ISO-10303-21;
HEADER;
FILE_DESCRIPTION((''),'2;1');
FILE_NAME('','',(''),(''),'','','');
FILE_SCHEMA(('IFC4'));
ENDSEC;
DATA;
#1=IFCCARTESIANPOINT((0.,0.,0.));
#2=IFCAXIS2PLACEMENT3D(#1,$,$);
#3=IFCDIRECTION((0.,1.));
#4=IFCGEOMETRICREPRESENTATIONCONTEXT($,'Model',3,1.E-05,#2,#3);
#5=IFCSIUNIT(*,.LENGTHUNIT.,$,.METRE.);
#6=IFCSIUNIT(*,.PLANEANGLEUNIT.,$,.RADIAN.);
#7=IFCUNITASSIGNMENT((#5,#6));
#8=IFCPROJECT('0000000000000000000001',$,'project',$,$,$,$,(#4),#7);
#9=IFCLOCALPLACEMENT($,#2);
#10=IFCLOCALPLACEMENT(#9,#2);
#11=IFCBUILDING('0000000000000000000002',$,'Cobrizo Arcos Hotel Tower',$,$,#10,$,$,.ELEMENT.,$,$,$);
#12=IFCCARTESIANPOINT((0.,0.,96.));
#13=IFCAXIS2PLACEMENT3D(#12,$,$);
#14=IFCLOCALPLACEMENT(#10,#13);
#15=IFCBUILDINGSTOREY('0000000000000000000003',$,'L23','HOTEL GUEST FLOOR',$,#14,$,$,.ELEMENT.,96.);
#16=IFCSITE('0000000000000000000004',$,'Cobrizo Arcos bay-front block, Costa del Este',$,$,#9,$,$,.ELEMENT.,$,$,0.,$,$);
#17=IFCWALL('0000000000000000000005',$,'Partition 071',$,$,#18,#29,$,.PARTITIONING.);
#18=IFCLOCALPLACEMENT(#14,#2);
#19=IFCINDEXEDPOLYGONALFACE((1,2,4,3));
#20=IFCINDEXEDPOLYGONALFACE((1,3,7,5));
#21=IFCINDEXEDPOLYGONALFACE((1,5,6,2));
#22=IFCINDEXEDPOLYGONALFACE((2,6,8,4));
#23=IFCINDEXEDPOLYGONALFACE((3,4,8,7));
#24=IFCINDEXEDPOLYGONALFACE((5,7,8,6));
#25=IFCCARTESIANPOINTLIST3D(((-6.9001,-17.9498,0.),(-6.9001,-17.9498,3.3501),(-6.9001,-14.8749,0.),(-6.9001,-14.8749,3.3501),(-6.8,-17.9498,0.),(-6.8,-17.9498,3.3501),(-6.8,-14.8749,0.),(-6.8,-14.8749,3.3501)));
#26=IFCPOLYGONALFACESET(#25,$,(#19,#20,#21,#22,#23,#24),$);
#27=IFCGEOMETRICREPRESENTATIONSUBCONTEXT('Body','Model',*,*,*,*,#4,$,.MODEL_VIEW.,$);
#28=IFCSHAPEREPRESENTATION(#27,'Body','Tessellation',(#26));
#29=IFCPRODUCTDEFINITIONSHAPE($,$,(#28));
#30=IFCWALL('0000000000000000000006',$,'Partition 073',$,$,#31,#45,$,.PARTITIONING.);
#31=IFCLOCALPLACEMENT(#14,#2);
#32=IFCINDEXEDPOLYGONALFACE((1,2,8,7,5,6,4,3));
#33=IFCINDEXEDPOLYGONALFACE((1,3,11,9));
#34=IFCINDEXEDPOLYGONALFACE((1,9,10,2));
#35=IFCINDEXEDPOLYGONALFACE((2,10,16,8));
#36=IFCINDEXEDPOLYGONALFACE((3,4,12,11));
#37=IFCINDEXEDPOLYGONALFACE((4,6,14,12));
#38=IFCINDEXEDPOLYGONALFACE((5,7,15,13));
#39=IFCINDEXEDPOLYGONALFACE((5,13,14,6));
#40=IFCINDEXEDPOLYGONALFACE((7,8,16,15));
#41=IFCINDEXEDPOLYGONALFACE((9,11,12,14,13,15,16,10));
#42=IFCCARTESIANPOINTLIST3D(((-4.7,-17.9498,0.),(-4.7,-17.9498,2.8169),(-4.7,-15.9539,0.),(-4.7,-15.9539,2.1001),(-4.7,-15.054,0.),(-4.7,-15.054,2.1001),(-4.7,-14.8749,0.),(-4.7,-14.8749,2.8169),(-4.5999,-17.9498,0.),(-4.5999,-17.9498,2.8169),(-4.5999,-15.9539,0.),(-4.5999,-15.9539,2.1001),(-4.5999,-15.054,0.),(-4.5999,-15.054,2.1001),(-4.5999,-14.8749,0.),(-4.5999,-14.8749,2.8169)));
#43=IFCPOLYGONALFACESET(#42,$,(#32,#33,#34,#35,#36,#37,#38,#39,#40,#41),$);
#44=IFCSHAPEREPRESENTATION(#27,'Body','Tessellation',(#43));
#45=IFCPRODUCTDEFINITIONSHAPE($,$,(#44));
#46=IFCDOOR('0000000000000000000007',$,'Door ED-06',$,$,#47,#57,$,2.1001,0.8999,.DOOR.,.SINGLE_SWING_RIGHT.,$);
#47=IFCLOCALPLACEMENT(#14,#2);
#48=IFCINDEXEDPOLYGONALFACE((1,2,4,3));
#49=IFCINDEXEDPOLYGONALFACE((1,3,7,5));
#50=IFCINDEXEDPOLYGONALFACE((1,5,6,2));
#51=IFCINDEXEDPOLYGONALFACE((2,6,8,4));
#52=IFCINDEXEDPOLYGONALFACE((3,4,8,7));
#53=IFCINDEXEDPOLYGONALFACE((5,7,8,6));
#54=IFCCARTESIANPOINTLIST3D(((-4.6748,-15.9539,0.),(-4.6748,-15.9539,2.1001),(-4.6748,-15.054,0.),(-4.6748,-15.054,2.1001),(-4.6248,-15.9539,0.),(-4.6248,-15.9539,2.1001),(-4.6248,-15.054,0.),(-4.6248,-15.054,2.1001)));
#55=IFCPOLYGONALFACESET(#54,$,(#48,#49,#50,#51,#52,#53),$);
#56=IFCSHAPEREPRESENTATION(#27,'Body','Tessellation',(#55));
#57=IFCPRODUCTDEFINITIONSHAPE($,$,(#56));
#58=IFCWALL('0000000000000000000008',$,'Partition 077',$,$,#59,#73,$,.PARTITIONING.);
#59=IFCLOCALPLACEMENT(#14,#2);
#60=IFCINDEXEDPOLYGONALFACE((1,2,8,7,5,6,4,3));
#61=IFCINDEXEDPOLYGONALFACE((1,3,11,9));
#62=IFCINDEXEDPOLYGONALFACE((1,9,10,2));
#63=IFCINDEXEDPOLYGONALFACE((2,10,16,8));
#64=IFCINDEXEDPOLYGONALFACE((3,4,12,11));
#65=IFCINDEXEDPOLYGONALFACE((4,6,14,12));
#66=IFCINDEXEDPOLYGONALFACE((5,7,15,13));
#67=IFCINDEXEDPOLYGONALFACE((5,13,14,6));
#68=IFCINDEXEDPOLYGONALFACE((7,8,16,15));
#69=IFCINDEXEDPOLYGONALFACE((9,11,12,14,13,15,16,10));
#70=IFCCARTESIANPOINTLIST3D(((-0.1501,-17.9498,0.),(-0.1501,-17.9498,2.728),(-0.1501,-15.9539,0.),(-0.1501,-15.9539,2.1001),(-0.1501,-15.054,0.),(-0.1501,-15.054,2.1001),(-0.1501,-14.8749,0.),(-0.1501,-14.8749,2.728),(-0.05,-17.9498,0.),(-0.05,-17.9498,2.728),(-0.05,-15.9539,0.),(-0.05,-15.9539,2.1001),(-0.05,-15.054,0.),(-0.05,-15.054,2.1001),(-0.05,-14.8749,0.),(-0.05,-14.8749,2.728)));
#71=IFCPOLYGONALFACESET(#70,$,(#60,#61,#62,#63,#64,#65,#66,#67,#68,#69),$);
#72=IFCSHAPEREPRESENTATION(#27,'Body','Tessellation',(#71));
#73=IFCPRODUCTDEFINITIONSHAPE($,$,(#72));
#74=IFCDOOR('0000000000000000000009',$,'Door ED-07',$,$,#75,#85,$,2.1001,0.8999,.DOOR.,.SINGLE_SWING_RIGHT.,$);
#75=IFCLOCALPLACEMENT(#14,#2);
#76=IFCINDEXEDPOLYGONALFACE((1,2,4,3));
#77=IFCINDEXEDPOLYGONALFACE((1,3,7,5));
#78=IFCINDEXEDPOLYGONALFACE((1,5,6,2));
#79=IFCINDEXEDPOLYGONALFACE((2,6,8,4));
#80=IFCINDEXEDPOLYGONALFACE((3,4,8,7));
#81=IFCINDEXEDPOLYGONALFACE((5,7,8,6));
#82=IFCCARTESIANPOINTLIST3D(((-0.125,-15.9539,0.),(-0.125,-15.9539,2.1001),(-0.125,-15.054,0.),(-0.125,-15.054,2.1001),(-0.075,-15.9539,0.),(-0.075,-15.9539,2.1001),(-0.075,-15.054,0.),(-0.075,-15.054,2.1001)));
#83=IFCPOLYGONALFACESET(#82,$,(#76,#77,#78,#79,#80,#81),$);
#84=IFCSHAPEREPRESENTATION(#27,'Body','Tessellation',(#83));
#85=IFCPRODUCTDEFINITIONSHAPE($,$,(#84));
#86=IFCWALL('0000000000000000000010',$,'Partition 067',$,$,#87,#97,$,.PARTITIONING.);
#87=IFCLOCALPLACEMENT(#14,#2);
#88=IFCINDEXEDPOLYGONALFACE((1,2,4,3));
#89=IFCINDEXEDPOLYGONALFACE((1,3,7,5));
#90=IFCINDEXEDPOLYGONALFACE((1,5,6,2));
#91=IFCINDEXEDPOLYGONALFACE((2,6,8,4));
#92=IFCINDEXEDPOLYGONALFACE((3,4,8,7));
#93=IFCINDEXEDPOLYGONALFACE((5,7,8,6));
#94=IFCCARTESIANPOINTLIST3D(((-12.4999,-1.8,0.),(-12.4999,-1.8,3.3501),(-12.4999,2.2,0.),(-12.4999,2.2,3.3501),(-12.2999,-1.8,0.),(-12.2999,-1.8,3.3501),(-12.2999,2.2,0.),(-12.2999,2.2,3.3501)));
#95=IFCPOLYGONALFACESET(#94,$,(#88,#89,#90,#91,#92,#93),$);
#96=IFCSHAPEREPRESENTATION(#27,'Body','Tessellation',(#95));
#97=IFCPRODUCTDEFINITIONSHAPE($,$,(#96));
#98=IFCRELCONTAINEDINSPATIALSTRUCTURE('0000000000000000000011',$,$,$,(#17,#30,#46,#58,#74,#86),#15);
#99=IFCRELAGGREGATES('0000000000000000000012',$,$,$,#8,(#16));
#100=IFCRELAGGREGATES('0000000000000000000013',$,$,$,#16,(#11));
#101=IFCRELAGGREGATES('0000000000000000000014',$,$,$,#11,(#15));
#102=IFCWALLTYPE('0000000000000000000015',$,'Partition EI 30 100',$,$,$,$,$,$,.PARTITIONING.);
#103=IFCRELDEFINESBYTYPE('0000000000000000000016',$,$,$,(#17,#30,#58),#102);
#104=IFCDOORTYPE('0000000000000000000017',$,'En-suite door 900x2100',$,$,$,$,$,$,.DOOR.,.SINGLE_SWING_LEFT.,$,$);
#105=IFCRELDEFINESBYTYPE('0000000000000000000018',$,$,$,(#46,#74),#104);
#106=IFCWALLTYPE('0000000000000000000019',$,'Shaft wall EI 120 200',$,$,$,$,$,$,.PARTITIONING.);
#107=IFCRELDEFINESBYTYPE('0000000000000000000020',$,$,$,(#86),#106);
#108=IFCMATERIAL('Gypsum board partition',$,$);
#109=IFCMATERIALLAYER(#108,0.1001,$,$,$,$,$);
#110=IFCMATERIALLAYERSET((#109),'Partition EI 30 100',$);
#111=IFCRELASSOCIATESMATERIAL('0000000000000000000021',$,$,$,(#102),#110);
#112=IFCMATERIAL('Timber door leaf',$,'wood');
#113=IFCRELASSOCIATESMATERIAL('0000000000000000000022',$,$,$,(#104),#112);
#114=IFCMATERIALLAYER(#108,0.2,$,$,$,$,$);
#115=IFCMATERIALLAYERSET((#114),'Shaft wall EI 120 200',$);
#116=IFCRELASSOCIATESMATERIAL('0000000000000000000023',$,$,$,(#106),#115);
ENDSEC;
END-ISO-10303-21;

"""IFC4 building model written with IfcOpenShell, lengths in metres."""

from ifc_helpers import new_model, si_unit, direction, frame, frame_2d, origin, place, context, subcontext, project, spatial, rectangle, extrude, material, layer, layer_set, type_object, element, fill, save


model = new_model("IFC4")

# Units and contexts
model_context = context("Model", 3, precision=1e-05, world=origin(), true_north=direction((0.0, 1.0)))
body_context = subcontext(model_context, "Body", "Model", "MODEL_VIEW")
ifc_project = project(units=[si_unit("LENGTHUNIT", "METRE"), si_unit("PLANEANGLEUNIT", "RADIAN")], contexts=[model_context])

# Site, building, storey
site_placement = place(None, origin())
site = spatial("IfcSite", under=ifc_project, at=site_placement, Name="Cobrizo Arcos bay-front block, Costa del Este", CompositionType="ELEMENT", RefElevation=0.0)
building_placement = place(site_placement, origin())
building = spatial("IfcBuilding", under=site, at=building_placement, Name="Cobrizo Arcos Hotel Tower", CompositionType="ELEMENT")
storey_placement = place(building_placement, frame((0.0, 0.0, 96.0)))
storey = spatial("IfcBuildingStorey", under=building, at=storey_placement, Name="L23", Description="HOTEL GUEST FLOOR", CompositionType="ELEMENT", Elevation=96.0)

# Shared definitions
ifc_material_1 = material(Name="Gypsum board partition")
ifc_layer_1 = layer(ifc_material_1, 0.1001)
ifc_layer_set_1 = layer_set([ifc_layer_1], Name="Partition EI 30 100")
wall_type_1 = type_object("IfcWallType", Name="Partition EI 30 100", PredefinedType="PARTITIONING", material=ifc_layer_set_1)

# Shared definitions
ifc_material_2 = material(Name="Timber door leaf", Category="wood")
door_type = type_object("IfcDoorType", Name="En-suite door 900x2100", OperationType="SINGLE_SWING_LEFT", PredefinedType="DOOR", material=ifc_material_2)

# Wall
wall_1_placement = place(storey_placement, frame((-6.8501, -17.95, 0.0), z_axis=(0.0, 0.0, 1.0), x_axis=(0.0, 1.0, 0.0)))
element("IfcWall", 1, at=wall_1_placement, inside=storey, type_object=wall_type_1, Name="Partition 071", PredefinedType="PARTITIONING", context=body_context, shape_type="SweptSolid", body=[
    extrude(rectangle(XDim=3.075, YDim=0.1001, at=frame_2d((1.5376, 0.0))), origin(), (0.0, 0.0, 1.0), 3.3501),
])

# Walls, openings, doors
wall_2_placement = place(storey_placement, frame((-4.6499, -17.95, 0.0), z_axis=(0.0, 0.0, 1.0), x_axis=(0.0, 1.0, 0.0)))
wall_2 = element("IfcWall", 2, at=wall_2_placement, inside=storey, type_object=wall_type_1, Name="Partition 073", PredefinedType="PARTITIONING", context=body_context, shape_type="SweptSolid", body=[
    extrude(rectangle(XDim=3.075, YDim=0.1001, at=frame_2d((1.5376, 0.0))), origin(), (0.0, 0.0, 1.0), 2.8169),
])
opening_1_placement = place(wall_2_placement, frame((1.9961, 0.0, 0.0)))
opening_1 = element("IfcOpeningElement", 3, at=opening_1_placement, cuts=wall_2, PredefinedType="OPENING", context=body_context, shape_type="SweptSolid", body=[
    extrude(rectangle(XDim=0.8999, YDim=2.1001, at=frame_2d((0.45, 1.05))), frame((0.0, 0.062, 0.0), z_axis=(0.0, -1.0, 0.0), x_axis=(1.0, 0.0, 0.0)), (0.0, 0.0, 1.0), 0.124),
])
door_1_placement = place(opening_1_placement, origin())
door_1 = element("IfcDoor", 4, at=door_1_placement, inside=storey, type_object=door_type, Name="Door ED-06", OperationType="SINGLE_SWING_RIGHT", OverallHeight=2.1001, OverallWidth=0.8999, PredefinedType="DOOR", context=body_context, shape_type="SweptSolid", body=[
    extrude(rectangle(XDim=0.8999, YDim=2.1001, at=frame_2d((0.45, 1.05))), frame((0.0, 0.0249, 0.0), z_axis=(0.0, -1.0, 0.0), x_axis=(1.0, 0.0, 0.0)), (0.0, 0.0, 1.0), 0.05),
])
fill(opening_1, door_1)
wall_3_placement = place(storey_placement, frame((-0.1001, -17.95, 0.0), z_axis=(0.0, 0.0, 1.0), x_axis=(0.0, 1.0, 0.0)))
wall_3 = element("IfcWall", 5, at=wall_3_placement, inside=storey, type_object=wall_type_1, Name="Partition 077", PredefinedType="PARTITIONING", context=body_context, shape_type="SweptSolid", body=[
    extrude(rectangle(XDim=3.075, YDim=0.1001, at=frame_2d((1.5376, 0.0))), origin(), (0.0, 0.0, 1.0), 2.728),
])
opening_2_placement = place(wall_3_placement, frame((1.9961, 0.0, 0.0)))
opening_2 = element("IfcOpeningElement", 6, at=opening_2_placement, cuts=wall_3, PredefinedType="OPENING", context=body_context, shape_type="SweptSolid", body=[
    extrude(rectangle(XDim=0.8999, YDim=2.1001, at=frame_2d((0.45, 1.05))), frame((0.0, 0.062, 0.0), z_axis=(0.0, -1.0, 0.0), x_axis=(1.0, 0.0, 0.0)), (0.0, 0.0, 1.0), 0.124),
])
door_2_placement = place(opening_2_placement, origin())
door_2 = element("IfcDoor", 7, at=door_2_placement, inside=storey, type_object=door_type, Name="Door ED-07", OperationType="SINGLE_SWING_RIGHT", OverallHeight=2.1001, OverallWidth=0.8999, PredefinedType="DOOR", context=body_context, shape_type="SweptSolid", body=[
    extrude(rectangle(XDim=0.8999, YDim=2.1001, at=frame_2d((0.45, 1.05))), frame((0.0, 0.0249, 0.0), z_axis=(0.0, -1.0, 0.0), x_axis=(1.0, 0.0, 0.0)), (0.0, 0.0, 1.0), 0.05),
])
fill(opening_2, door_2)

# Wall
ifc_layer_2 = layer(ifc_material_1, 0.2)
ifc_layer_set_2 = layer_set([ifc_layer_2], Name="Shaft wall EI 120 200")
wall_type_2 = type_object("IfcWallType", Name="Shaft wall EI 120 200", PredefinedType="PARTITIONING", material=ifc_layer_set_2)
wall_4_placement = place(storey_placement, frame((-12.3999, -1.8, 0.0), z_axis=(0.0, 0.0, 1.0), x_axis=(0.0, 1.0, 0.0)))
element("IfcWall", 8, at=wall_4_placement, inside=storey, type_object=wall_type_2, Name="Partition 067", PredefinedType="PARTITIONING", context=body_context, shape_type="SweptSolid", body=[
    extrude(rectangle(XDim=4.0, YDim=0.2, at=frame_2d((2.0, 0.0))), origin(), (0.0, 0.0, 1.0), 3.3501),
])

save(model, "model.ifc")
